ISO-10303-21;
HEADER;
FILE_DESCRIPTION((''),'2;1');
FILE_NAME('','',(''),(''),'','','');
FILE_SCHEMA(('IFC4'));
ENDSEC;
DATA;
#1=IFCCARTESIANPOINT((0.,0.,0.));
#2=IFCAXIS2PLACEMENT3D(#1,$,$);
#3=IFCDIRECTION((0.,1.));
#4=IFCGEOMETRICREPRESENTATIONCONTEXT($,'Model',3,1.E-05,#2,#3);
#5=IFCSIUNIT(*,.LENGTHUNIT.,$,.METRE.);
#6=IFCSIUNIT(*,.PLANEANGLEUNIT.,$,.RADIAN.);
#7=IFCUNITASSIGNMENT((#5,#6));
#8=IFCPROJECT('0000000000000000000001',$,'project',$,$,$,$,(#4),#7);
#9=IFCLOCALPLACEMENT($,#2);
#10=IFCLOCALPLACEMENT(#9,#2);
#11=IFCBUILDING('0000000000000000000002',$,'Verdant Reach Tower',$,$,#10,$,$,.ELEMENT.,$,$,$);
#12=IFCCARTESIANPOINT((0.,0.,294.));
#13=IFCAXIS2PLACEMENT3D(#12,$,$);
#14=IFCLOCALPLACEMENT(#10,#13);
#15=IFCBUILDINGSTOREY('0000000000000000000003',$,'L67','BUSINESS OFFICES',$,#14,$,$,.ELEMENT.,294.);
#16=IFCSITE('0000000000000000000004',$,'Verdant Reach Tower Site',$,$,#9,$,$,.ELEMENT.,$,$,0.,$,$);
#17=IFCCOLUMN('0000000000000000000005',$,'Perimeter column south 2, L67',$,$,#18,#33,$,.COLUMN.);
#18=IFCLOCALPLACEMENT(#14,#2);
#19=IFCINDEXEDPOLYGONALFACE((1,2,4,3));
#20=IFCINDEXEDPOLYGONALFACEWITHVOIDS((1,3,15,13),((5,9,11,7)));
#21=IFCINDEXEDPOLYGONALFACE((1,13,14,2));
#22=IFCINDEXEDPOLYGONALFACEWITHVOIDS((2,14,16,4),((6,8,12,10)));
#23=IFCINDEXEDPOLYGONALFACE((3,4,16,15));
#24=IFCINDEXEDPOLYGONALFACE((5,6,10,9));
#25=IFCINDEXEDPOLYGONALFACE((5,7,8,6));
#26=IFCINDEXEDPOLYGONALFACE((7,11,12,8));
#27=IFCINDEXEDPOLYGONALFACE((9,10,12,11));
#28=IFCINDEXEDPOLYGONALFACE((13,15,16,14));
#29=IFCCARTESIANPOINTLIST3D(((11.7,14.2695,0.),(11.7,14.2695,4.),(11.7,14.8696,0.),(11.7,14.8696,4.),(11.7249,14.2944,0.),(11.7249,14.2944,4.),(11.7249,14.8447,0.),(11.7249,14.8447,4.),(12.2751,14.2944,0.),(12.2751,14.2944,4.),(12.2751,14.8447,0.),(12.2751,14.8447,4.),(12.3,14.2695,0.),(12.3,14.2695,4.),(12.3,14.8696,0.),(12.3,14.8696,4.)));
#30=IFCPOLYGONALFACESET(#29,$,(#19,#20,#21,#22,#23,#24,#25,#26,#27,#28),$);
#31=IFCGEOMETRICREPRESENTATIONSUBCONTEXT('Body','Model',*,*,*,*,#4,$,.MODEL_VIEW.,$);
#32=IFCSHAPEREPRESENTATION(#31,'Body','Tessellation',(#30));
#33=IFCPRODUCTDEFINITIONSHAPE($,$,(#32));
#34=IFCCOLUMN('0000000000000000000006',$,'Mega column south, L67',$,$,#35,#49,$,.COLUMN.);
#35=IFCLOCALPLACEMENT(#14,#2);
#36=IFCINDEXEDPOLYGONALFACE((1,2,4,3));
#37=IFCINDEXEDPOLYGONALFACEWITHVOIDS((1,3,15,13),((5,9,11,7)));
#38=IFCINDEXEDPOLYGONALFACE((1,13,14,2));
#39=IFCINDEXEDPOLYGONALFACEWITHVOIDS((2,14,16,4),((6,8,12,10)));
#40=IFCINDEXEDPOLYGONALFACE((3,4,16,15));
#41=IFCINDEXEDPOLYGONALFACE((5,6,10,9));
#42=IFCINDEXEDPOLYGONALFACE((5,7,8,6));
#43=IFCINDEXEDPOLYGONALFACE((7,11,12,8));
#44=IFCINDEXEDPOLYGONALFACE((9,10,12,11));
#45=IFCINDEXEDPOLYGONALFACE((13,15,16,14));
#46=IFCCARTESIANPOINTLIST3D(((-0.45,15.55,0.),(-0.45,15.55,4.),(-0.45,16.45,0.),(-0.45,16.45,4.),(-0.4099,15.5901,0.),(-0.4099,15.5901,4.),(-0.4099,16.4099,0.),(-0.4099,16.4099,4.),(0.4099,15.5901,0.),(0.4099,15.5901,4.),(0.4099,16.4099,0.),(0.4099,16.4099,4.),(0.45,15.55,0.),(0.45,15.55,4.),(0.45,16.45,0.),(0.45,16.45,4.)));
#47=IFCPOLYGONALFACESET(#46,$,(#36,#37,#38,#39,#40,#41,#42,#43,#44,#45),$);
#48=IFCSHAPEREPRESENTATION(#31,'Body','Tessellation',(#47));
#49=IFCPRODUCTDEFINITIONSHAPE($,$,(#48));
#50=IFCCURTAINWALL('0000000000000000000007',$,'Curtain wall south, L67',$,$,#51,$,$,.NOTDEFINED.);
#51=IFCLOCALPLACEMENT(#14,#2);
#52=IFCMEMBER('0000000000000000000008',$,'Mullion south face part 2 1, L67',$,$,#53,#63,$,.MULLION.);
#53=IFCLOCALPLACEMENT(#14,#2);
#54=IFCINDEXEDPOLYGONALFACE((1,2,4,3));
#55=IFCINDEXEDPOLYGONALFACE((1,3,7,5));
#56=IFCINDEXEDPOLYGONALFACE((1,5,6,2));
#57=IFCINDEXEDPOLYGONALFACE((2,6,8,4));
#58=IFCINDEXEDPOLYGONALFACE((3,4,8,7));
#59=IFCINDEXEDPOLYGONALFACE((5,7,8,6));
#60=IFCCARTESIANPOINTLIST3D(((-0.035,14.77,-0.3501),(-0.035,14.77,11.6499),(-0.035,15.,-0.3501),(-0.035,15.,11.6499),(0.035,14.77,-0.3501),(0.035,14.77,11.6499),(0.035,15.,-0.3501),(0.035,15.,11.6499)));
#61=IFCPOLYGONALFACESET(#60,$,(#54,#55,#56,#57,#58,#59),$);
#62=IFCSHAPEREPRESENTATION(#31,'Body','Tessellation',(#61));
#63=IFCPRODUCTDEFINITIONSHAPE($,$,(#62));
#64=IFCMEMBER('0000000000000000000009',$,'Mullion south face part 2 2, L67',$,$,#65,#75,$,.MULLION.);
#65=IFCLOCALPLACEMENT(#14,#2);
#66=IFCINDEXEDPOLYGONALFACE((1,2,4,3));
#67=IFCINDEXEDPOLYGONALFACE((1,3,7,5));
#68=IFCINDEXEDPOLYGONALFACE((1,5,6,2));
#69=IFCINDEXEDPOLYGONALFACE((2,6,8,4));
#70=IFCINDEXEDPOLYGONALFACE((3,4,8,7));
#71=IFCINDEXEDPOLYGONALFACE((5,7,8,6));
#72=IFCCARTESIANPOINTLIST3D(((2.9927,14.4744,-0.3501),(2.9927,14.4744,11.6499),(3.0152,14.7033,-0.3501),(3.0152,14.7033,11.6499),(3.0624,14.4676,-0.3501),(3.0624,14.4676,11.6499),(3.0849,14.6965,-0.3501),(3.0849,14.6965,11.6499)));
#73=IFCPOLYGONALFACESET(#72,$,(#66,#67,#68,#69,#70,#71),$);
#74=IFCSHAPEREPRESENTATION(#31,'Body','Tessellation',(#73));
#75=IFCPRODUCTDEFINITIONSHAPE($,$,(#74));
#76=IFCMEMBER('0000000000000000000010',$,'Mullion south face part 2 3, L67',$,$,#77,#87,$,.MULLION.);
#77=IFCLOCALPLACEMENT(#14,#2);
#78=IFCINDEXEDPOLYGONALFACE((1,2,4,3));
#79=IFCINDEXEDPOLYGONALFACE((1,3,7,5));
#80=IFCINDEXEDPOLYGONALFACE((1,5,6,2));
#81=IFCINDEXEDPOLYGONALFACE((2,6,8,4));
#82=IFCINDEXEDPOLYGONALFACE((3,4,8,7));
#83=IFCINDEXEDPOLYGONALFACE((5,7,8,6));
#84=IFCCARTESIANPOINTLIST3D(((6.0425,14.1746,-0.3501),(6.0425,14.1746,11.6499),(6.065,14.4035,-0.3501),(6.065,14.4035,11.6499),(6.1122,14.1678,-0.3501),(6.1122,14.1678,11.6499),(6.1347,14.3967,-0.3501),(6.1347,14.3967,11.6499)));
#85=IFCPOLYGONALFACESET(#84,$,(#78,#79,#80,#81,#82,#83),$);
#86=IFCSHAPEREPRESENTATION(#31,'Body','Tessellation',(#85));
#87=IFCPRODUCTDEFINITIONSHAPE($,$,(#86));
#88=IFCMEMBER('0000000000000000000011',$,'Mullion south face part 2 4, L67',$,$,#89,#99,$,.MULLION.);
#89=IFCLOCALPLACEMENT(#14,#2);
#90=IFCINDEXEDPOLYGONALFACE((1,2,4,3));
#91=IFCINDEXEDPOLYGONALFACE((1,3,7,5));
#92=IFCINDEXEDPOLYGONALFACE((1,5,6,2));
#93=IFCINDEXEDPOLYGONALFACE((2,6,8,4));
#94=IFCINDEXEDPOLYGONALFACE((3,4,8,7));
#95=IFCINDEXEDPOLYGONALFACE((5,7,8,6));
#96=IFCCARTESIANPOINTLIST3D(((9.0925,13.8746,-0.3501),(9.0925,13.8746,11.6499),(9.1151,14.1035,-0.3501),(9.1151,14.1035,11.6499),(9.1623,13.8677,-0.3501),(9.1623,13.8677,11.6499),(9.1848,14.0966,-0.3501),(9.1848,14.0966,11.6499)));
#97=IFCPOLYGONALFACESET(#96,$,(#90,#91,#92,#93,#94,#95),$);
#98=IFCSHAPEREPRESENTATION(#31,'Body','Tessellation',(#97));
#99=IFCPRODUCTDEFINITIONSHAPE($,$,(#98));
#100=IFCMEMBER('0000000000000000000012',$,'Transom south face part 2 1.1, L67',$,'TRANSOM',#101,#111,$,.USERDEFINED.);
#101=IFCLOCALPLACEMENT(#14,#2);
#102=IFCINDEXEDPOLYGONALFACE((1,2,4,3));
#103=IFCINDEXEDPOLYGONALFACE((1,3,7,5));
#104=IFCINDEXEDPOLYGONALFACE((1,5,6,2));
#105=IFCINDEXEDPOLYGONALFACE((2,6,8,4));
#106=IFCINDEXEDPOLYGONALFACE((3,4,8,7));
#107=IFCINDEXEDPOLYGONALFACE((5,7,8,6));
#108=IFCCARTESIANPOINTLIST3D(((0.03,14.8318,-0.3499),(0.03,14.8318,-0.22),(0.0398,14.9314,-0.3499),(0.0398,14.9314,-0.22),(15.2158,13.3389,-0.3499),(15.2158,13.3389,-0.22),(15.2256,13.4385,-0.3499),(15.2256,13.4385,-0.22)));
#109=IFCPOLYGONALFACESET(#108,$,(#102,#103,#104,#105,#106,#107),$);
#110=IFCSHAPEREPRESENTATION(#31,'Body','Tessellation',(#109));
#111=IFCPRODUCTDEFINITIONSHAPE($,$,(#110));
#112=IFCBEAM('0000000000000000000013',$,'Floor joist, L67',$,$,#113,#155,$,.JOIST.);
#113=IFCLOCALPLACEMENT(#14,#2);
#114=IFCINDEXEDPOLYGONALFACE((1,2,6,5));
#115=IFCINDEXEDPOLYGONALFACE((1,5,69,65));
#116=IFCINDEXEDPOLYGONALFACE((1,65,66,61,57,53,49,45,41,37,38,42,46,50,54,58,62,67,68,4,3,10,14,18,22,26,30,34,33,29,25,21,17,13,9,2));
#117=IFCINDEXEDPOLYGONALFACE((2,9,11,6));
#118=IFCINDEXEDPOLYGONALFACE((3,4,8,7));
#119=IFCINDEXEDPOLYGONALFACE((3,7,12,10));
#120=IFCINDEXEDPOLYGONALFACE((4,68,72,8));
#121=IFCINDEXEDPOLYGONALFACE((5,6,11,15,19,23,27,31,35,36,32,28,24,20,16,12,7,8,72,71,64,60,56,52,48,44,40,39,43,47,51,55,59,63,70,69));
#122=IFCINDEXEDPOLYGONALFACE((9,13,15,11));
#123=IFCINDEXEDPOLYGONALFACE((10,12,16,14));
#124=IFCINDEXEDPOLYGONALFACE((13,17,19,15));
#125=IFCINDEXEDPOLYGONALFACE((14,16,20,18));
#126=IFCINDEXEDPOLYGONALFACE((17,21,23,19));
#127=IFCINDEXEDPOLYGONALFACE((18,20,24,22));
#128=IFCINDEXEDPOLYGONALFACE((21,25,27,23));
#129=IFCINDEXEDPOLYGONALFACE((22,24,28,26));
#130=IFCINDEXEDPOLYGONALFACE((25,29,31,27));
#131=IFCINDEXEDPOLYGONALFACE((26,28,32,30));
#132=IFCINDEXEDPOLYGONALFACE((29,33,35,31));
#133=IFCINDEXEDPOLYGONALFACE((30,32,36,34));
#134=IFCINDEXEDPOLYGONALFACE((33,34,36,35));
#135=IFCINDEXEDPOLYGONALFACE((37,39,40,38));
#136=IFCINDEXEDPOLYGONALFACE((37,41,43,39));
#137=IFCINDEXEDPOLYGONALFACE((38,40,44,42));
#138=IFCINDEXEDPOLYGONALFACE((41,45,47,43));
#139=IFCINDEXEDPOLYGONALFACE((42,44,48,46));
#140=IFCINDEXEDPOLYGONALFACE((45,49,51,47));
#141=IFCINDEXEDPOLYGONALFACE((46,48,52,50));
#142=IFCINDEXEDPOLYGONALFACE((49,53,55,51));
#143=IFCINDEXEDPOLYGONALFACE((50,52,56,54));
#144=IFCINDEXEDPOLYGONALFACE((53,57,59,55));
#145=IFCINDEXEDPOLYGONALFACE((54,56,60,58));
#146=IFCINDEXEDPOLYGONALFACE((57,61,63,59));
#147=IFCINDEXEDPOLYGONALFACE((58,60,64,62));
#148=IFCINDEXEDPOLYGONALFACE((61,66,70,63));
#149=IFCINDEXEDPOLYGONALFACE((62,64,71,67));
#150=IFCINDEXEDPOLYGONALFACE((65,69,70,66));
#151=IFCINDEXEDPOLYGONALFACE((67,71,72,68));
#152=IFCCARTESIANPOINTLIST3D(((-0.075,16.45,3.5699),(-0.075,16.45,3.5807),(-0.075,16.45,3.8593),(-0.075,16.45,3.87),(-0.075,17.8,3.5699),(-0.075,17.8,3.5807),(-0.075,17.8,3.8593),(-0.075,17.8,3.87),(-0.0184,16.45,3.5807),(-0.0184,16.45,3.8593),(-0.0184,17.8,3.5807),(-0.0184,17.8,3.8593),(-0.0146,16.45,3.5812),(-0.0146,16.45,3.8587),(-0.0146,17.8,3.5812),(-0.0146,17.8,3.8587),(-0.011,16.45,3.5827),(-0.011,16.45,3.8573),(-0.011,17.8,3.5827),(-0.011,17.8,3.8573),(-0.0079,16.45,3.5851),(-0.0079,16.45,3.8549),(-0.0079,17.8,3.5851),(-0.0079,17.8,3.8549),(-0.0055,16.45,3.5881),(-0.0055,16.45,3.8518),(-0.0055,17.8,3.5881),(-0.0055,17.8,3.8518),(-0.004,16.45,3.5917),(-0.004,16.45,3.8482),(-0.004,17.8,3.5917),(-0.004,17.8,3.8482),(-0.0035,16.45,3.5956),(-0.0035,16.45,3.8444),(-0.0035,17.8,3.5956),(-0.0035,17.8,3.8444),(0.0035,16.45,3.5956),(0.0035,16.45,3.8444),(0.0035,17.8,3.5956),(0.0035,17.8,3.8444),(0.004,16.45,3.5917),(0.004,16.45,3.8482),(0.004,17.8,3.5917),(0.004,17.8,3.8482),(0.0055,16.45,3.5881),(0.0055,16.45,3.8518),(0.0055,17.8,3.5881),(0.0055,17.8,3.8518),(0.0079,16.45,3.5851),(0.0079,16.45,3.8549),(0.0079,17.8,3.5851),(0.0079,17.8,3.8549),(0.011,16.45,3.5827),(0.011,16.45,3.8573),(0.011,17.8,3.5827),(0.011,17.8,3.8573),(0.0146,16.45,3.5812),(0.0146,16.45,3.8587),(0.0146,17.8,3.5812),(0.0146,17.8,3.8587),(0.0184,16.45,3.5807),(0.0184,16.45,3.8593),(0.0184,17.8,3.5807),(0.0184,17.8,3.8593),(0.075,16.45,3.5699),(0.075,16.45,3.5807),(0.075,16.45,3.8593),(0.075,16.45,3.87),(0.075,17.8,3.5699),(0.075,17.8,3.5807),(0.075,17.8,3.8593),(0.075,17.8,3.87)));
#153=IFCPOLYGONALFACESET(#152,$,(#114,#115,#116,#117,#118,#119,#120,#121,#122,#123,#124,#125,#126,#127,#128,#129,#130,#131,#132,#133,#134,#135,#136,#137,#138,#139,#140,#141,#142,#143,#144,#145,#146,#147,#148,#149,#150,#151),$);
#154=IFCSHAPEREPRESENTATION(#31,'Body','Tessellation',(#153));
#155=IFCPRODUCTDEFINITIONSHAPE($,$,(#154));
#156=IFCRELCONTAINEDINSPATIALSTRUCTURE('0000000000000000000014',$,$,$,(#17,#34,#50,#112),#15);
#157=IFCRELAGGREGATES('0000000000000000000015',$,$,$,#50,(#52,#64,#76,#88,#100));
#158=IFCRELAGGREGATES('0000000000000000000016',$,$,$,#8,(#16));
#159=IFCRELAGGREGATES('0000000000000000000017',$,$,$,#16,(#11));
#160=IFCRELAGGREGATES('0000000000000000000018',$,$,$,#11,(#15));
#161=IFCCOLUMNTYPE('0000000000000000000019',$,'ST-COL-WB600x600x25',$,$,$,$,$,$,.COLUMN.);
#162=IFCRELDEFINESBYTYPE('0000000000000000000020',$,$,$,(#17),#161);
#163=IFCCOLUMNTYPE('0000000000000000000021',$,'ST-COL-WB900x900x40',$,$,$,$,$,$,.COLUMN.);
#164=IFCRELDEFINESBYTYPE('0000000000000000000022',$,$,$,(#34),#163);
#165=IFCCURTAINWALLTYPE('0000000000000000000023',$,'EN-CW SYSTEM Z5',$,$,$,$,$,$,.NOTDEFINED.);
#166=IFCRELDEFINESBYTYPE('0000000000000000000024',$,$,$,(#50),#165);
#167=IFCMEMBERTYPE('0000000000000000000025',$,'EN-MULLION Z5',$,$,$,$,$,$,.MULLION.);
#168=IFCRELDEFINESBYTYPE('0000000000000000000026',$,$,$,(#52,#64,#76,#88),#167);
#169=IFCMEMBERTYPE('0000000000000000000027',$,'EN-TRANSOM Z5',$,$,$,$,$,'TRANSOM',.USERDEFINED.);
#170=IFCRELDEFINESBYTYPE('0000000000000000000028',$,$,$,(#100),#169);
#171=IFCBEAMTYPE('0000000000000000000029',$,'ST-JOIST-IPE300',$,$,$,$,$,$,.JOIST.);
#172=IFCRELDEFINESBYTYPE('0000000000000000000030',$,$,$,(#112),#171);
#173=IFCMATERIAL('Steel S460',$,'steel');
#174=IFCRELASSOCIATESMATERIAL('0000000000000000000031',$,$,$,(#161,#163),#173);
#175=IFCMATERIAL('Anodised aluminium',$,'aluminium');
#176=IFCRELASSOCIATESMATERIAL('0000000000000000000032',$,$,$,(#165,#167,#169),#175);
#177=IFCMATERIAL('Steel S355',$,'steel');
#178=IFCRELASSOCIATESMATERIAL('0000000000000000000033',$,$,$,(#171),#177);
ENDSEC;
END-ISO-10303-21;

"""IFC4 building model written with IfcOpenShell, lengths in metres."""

from ifc_helpers import new_model, si_unit, direction, frame, origin, origin_2d, place, context, subcontext, project, spatial, rectangle, hollow_rectangle, i_section, extrude, material, material_profile, profile_set, type_object, element, aggregate, save


model = new_model("IFC4")

# Units and contexts
model_context = context("Model", 3, precision=1e-05, world=origin(), true_north=direction((0.0, 1.0)))
body_context = subcontext(model_context, "Body", "Model", "MODEL_VIEW")
ifc_project = project(units=[si_unit("LENGTHUNIT", "METRE"), si_unit("PLANEANGLEUNIT", "RADIAN")], contexts=[model_context])

# Site, building, storey
site_placement = place(None, origin())
site = spatial("IfcSite", under=ifc_project, at=site_placement, Name="Verdant Reach Tower Site", CompositionType="ELEMENT", RefElevation=0.0)
building_placement = place(site_placement, origin())
building = spatial("IfcBuilding", under=site, at=building_placement, Name="Verdant Reach Tower", CompositionType="ELEMENT")
storey_placement = place(building_placement, frame((0.0, 0.0, 294.0)))
storey = spatial("IfcBuildingStorey", under=building, at=storey_placement, Name="L67", Description="BUSINESS OFFICES", CompositionType="ELEMENT", Elevation=294.0)

# Columns
ifc_material_1 = material(Name="Steel S460", Category="steel")
ifc_material_profile_1 = material_profile(ifc_material_1, hollow_rectangle(XDim=0.6001, YDim=0.6001, WallThickness=0.0249, at=origin_2d()), Name="WB 600x600x25")
ifc_profile_set_1 = profile_set([ifc_material_profile_1], Name="Steel S460")
column_type_1 = type_object("IfcColumnType", Name="ST-COL-WB600x600x25", PredefinedType="COLUMN", material=ifc_profile_set_1)
column_1_placement = place(storey_placement, frame((12.0, 14.5696, 0.0), z_axis=(0.0, 0.0, 1.0), x_axis=(1.0, 0.0, 0.0)))
element("IfcColumn", 1, at=column_1_placement, inside=storey, type_object=column_type_1, Name="Perimeter column south 2, L67", PredefinedType="COLUMN", context=body_context, shape_type="SweptSolid", body=[
    extrude(hollow_rectangle(XDim=0.6001, YDim=0.6001, WallThickness=0.0249, at=origin_2d()), origin(), (0.0, 0.0, 1.0), 4.0),
])
ifc_material_profile_2 = material_profile(ifc_material_1, hollow_rectangle(XDim=0.8999, YDim=0.8999, WallThickness=0.04, at=origin_2d()), Name="WB 900x900x40")
ifc_profile_set_2 = profile_set([ifc_material_profile_2], Name="Steel S460")
column_type_2 = type_object("IfcColumnType", Name="ST-COL-WB900x900x40", PredefinedType="COLUMN", material=ifc_profile_set_2)
column_2_placement = place(storey_placement, frame((0.0, 16.0, 0.0), z_axis=(0.0, 0.0, 1.0), x_axis=(1.0, 0.0, 0.0)))
element("IfcColumn", 2, at=column_2_placement, inside=storey, type_object=column_type_2, Name="Mega column south, L67", PredefinedType="COLUMN", context=body_context, shape_type="SweptSolid", body=[
    extrude(hollow_rectangle(XDim=0.8999, YDim=0.8999, WallThickness=0.04, at=origin_2d()), origin(), (0.0, 0.0, 1.0), 4.0),
])

# Curtain wall, members
ifc_material_2 = material(Name="Anodised aluminium", Category="aluminium")
curtain_wall_type = type_object("IfcCurtainWallType", Name="EN-CW SYSTEM Z5", PredefinedType="NOTDEFINED", material=ifc_material_2)
curtain_wall_placement = place(storey_placement, origin())
curtain_wall = element("IfcCurtainWall", 3, at=curtain_wall_placement, inside=storey, type_object=curtain_wall_type, Name="Curtain wall south, L67", PredefinedType="NOTDEFINED")
ifc_material_profile_3 = material_profile(ifc_material_2, rectangle(XDim=0.23, YDim=0.0701, at=origin_2d()), Name="Mullion 70x230")
ifc_profile_set_3 = profile_set([ifc_material_profile_3], Name="Anodised aluminium")
member_type_1 = type_object("IfcMemberType", Name="EN-MULLION Z5", PredefinedType="MULLION", material=ifc_profile_set_3)
member_1_placement = place(storey_placement, frame((0.0, 14.885, -0.3501), z_axis=(0.0, 0.0, 1.0), x_axis=(0.0, -1.0, 0.0)))
member_1 = element("IfcMember", 4, at=member_1_placement, type_object=member_type_1, Name="Mullion south face part 2 1, L67", PredefinedType="MULLION", context=body_context, shape_type="SweptSolid", body=[
    extrude(rectangle(XDim=0.23, YDim=0.0701, at=origin_2d()), origin(), (0.0, 0.0, 1.0), 12.0),
])
member_2_placement = place(storey_placement, frame((3.0388, 14.5854, -0.3501), z_axis=(0.0, 0.0, 1.0), x_axis=(-0.097888, -0.995197, 0.0)))
member_2 = element("IfcMember", 5, at=member_2_placement, type_object=member_type_1, Name="Mullion south face part 2 2, L67", PredefinedType="MULLION", context=body_context, shape_type="SweptSolid", body=[
    extrude(rectangle(XDim=0.23, YDim=0.0701, at=origin_2d()), origin(), (0.0, 0.0, 1.0), 12.0),
])
member_3_placement = place(storey_placement, frame((6.0886, 14.2856, -0.3501), z_axis=(0.0, 0.0, 1.0), x_axis=(-0.097888, -0.995197, 0.0)))
member_3 = element("IfcMember", 6, at=member_3_placement, type_object=member_type_1, Name="Mullion south face part 2 3, L67", PredefinedType="MULLION", context=body_context, shape_type="SweptSolid", body=[
    extrude(rectangle(XDim=0.23, YDim=0.0701, at=origin_2d()), origin(), (0.0, 0.0, 1.0), 12.0),
])
member_4_placement = place(storey_placement, frame((9.1387, 13.9856, -0.3501), z_axis=(0.0, 0.0, 1.0), x_axis=(-0.097888, -0.995197, 0.0)))
member_4 = element("IfcMember", 7, at=member_4_placement, type_object=member_type_1, Name="Mullion south face part 2 4, L67", PredefinedType="MULLION", context=body_context, shape_type="SweptSolid", body=[
    extrude(rectangle(XDim=0.23, YDim=0.0701, at=origin_2d()), origin(), (0.0, 0.0, 1.0), 12.0),
])
ifc_material_profile_4 = material_profile(ifc_material_2, rectangle(XDim=0.1001, YDim=0.1299, at=origin_2d()), Name="Transom 130x100")
ifc_profile_set_4 = profile_set([ifc_material_profile_4], Name="Anodised aluminium")
member_type_2 = type_object("IfcMemberType", Name="EN-TRANSOM Z5", ElementType="TRANSOM", PredefinedType="USERDEFINED", material=ifc_profile_set_4)
member_5_placement = place(storey_placement, frame((0.0349, 14.8816, -0.2849), z_axis=(0.995202, -0.097839, 0.0), x_axis=(0.097839, 0.995202, 0.0)))
member_5 = element("IfcMember", 8, at=member_5_placement, type_object=member_type_2, Name="Transom south face part 2 1.1, L67", ObjectType="TRANSOM", PredefinedType="USERDEFINED", context=body_context, shape_type="SweptSolid", body=[
    extrude(rectangle(XDim=0.1001, YDim=0.1299, at=origin_2d()), origin(), (0.0, 0.0, 1.0), 15.259),
])

# Beam
ifc_material_3 = material(Name="Steel S355", Category="steel")
ifc_material_profile_5 = material_profile(ifc_material_3, i_section(OverallWidth=0.1499, OverallDepth=0.3, WebThickness=0.0071, FlangeThickness=0.0107, FilletRadius=0.0149, at=origin_2d()), Name="IPE 300")
ifc_profile_set_5 = profile_set([ifc_material_profile_5], Name="Steel S355")
beam_type = type_object("IfcBeamType", Name="ST-JOIST-IPE300", PredefinedType="JOIST", material=ifc_profile_set_5)
beam_1_placement = place(storey_placement, frame((0.0, 17.8, 3.72), z_axis=(0.0, -1.0, 0.0), x_axis=(1.0, 0.0, 0.0)))
element("IfcBeam", 9, at=beam_1_placement, inside=storey, type_object=beam_type, Name="Floor joist, L67", PredefinedType="JOIST", context=body_context, shape_type="SweptSolid", body=[
    extrude(i_section(OverallWidth=0.1499, OverallDepth=0.3, WebThickness=0.0071, FlangeThickness=0.0107, FilletRadius=0.0149, at=origin_2d()), origin(), (0.0, 0.0, 1.0), 1.3501),
])

aggregate(curtain_wall, [member_1, member_2, member_3, member_4, member_5])

save(model, "model.ifc")
